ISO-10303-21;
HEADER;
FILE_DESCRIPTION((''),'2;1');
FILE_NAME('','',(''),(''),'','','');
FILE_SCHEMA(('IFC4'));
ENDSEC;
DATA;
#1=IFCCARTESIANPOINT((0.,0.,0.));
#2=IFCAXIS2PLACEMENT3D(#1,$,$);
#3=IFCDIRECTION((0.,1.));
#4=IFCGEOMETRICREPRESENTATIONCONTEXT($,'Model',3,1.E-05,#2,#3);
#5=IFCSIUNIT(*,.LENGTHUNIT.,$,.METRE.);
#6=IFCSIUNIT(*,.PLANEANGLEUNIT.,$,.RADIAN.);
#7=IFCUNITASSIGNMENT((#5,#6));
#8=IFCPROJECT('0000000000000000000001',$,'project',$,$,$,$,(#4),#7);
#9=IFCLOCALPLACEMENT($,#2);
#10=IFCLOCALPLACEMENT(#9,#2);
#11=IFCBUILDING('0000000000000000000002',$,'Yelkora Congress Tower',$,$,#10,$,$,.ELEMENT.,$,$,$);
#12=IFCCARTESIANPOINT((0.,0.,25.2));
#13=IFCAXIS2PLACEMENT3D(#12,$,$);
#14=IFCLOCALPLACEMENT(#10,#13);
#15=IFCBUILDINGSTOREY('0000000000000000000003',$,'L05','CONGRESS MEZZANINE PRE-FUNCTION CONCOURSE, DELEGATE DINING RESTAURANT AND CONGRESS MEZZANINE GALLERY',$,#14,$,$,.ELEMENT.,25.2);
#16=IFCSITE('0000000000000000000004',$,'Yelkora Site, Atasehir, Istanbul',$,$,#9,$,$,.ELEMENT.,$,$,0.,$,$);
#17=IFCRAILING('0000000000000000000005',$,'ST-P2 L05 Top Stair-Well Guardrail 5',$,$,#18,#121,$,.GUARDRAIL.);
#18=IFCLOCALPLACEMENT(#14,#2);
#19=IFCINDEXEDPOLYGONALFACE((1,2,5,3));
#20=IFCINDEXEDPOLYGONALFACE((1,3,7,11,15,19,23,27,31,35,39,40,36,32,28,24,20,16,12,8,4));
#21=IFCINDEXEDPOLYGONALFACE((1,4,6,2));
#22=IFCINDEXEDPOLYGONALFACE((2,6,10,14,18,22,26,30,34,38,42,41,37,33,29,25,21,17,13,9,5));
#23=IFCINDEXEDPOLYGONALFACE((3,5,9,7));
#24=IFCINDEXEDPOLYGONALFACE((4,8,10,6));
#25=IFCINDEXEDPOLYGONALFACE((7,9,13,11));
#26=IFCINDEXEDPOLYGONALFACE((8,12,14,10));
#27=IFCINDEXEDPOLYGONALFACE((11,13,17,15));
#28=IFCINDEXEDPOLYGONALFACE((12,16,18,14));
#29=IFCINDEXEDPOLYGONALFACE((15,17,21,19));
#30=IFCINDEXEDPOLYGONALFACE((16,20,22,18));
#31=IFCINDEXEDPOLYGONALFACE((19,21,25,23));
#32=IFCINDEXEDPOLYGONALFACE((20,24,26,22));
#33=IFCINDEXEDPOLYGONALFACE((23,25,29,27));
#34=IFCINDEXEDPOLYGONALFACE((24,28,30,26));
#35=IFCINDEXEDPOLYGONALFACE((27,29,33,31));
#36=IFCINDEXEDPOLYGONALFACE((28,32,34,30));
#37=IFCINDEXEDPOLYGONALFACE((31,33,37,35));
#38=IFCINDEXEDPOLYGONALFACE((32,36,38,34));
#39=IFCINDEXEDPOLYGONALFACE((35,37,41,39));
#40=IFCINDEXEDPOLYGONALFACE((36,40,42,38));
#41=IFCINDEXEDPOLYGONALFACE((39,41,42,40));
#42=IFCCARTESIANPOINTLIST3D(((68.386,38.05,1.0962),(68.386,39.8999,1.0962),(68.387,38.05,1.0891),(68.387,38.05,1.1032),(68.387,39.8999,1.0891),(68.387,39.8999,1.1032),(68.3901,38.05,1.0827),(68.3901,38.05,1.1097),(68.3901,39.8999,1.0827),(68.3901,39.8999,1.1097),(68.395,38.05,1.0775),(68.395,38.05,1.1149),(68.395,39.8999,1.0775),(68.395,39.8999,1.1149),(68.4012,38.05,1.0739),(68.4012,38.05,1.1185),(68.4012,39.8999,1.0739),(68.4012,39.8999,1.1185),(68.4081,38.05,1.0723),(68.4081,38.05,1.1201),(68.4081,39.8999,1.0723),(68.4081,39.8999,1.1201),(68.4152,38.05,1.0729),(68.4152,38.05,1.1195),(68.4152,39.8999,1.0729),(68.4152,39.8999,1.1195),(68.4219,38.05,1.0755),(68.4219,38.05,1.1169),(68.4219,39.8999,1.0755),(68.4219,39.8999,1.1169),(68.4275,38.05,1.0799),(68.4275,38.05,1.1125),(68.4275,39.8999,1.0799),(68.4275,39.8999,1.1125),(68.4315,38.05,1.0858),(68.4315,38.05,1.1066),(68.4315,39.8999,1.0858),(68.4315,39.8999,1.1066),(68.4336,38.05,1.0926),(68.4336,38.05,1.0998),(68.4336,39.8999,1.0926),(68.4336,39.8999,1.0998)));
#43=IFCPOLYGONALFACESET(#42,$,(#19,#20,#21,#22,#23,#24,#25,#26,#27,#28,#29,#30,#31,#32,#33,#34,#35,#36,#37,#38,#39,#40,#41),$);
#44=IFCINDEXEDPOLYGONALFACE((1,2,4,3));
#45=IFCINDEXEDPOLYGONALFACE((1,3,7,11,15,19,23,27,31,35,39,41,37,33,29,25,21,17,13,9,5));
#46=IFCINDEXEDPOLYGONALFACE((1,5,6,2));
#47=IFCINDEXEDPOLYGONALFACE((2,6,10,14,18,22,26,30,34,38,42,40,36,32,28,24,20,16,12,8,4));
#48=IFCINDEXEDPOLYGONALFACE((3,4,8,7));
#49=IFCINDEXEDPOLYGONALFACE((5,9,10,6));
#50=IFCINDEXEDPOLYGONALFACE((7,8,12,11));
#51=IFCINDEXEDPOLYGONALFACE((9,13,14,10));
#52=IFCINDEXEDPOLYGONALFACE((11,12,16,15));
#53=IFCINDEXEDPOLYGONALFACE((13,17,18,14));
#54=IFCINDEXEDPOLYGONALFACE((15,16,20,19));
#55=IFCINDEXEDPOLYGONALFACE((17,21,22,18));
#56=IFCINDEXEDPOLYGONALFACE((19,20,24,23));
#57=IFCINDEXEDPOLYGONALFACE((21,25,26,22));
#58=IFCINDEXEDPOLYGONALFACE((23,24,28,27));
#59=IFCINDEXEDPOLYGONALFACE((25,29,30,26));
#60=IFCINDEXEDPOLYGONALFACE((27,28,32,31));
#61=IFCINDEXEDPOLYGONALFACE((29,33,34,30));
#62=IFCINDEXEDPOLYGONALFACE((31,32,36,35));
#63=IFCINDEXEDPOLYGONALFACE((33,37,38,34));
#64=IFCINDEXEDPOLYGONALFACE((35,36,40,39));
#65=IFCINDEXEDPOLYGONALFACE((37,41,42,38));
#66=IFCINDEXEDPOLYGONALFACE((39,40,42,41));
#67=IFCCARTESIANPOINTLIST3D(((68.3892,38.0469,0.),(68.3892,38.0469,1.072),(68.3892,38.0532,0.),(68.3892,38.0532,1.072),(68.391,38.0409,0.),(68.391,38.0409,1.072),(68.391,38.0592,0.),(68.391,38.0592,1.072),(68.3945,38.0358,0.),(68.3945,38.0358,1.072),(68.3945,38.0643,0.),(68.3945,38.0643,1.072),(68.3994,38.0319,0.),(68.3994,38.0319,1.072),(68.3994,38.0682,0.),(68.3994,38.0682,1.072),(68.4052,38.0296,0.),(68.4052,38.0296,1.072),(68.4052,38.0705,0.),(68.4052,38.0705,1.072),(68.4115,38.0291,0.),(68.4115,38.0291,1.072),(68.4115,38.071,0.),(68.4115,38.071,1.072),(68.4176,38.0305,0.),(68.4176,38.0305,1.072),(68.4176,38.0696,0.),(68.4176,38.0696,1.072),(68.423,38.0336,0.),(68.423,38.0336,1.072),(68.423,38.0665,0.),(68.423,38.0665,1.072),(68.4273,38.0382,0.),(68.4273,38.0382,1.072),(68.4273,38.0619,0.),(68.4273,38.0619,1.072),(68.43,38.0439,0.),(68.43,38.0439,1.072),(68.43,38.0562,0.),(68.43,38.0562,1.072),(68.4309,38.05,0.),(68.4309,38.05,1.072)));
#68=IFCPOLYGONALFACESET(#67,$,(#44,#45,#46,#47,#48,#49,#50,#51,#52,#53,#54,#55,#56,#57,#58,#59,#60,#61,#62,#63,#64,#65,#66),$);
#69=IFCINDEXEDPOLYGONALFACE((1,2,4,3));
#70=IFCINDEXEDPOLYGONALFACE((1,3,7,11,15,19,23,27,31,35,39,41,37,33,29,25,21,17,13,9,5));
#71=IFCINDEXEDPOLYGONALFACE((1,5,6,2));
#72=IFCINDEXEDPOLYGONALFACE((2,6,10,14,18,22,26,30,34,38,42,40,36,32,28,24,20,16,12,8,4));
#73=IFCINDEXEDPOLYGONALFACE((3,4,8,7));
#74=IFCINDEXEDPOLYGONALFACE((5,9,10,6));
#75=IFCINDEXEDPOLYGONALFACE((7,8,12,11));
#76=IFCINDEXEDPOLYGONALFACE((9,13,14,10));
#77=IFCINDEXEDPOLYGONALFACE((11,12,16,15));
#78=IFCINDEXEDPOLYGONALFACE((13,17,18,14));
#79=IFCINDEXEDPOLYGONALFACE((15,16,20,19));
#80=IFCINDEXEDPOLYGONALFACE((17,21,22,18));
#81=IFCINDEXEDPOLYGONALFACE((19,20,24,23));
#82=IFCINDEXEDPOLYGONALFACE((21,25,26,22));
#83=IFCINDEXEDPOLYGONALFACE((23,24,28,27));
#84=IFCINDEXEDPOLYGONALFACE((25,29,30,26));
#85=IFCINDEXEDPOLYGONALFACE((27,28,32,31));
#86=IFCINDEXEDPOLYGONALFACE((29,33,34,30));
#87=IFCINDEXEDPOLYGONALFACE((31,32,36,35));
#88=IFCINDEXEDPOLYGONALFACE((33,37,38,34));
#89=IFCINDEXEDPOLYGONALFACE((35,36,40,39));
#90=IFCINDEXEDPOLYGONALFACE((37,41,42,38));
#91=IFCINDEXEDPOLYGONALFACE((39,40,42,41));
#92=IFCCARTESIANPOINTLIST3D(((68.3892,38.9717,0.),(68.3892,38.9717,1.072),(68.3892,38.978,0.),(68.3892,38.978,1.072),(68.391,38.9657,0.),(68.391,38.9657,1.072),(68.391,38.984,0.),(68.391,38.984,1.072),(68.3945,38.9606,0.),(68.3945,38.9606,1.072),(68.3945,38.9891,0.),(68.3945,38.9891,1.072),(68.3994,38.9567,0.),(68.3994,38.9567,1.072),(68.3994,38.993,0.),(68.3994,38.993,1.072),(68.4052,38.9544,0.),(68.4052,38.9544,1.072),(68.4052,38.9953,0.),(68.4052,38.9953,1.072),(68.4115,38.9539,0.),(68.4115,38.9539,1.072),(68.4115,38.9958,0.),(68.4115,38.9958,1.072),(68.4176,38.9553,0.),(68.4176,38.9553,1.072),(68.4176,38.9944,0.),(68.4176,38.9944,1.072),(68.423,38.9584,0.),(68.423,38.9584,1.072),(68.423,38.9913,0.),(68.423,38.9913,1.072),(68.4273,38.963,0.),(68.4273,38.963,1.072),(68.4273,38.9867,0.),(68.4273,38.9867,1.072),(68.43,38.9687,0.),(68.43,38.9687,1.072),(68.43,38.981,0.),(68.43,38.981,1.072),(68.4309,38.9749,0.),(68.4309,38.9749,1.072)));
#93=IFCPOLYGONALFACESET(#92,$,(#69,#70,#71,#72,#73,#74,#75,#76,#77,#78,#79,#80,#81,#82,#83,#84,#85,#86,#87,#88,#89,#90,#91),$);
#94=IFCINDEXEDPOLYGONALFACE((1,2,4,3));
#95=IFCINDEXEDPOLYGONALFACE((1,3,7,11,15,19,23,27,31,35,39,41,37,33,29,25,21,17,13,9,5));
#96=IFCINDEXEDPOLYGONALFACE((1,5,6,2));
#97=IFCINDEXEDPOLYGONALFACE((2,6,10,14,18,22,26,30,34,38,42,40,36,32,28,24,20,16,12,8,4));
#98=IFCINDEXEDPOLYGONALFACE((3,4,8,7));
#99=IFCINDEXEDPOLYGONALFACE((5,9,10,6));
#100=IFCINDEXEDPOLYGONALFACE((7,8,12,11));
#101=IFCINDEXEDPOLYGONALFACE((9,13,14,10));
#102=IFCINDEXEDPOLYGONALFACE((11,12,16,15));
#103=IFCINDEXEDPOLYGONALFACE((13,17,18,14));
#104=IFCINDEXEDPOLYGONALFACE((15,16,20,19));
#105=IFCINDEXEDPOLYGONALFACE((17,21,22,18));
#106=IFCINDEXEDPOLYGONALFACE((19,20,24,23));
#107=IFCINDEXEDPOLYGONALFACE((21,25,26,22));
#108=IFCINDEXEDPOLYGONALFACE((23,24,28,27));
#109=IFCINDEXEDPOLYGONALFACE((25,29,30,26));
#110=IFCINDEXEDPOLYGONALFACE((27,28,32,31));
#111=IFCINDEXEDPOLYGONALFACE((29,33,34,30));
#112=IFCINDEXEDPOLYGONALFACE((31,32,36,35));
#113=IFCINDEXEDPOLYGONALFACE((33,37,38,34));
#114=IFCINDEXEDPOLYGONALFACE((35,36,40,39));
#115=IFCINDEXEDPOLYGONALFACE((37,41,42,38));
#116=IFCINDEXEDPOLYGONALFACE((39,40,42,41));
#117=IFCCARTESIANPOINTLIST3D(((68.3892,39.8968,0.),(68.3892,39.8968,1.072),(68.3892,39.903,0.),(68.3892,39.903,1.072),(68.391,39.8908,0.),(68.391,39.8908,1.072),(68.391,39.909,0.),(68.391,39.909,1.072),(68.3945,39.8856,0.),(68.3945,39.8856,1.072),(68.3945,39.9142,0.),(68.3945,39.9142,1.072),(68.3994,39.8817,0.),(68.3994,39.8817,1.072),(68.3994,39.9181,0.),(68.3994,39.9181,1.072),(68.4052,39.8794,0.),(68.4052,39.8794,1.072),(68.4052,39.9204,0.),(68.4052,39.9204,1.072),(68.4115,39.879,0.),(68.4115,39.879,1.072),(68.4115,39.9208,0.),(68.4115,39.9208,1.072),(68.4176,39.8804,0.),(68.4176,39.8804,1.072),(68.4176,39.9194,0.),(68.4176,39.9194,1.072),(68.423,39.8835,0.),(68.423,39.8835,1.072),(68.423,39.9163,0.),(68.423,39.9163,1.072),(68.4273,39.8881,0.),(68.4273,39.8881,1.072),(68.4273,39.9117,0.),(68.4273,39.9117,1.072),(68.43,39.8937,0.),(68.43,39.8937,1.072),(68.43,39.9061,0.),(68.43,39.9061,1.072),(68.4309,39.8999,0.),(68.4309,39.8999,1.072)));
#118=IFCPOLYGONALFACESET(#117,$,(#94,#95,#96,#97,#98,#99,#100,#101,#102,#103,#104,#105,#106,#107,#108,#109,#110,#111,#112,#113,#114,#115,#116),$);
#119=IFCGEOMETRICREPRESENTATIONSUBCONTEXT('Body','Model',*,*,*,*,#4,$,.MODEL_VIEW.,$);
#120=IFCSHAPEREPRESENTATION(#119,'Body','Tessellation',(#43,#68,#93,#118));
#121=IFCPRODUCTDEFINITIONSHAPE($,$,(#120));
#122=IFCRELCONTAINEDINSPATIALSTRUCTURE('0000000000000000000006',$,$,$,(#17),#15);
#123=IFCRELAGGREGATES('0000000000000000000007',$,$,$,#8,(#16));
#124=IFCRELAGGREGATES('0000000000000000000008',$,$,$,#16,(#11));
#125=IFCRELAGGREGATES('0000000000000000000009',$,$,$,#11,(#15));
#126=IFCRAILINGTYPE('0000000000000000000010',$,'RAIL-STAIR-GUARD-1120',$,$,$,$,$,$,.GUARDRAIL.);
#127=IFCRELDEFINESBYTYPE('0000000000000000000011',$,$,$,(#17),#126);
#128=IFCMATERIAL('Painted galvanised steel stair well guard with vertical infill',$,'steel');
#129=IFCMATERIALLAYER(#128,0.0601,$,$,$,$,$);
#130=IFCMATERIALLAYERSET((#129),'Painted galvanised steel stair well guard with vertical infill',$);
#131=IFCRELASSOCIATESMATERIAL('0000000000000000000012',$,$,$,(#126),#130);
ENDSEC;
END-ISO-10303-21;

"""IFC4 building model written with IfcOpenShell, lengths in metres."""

from ifc_helpers import new_model, si_unit, direction, frame, origin, origin_2d, place, context, subcontext, project, spatial, circle, extrude, material, layer, layer_set, type_object, element, save


model = new_model("IFC4")

# Units and contexts
model_context = context("Model", 3, precision=1e-05, world=origin(), true_north=direction((0.0, 1.0)))
body_context = subcontext(model_context, "Body", "Model", "MODEL_VIEW")
ifc_project = project(units=[si_unit("LENGTHUNIT", "METRE"), si_unit("PLANEANGLEUNIT", "RADIAN")], contexts=[model_context])

# Site, building, storey
site_placement = place(None, origin())
site = spatial("IfcSite", under=ifc_project, at=site_placement, Name="Yelkora Site, Atasehir, Istanbul", CompositionType="ELEMENT", RefElevation=0.0)
building_placement = place(site_placement, origin())
building = spatial("IfcBuilding", under=site, at=building_placement, Name="Yelkora Congress Tower", CompositionType="ELEMENT")
storey_placement = place(building_placement, frame((0.0, 0.0, 25.2)))
storey = spatial("IfcBuildingStorey", under=building, at=storey_placement, Name="L05", Description="CONGRESS MEZZANINE PRE-FUNCTION CONCOURSE, DELEGATE DINING RESTAURANT AND CONGRESS MEZZANINE GALLERY", CompositionType="ELEMENT", Elevation=25.2)

# Railing
ifc_material_1 = material(Name="Painted galvanised steel stair well guard with vertical infill", Category="steel")
ifc_layer_1 = layer(ifc_material_1, 0.0601)
ifc_layer_set_1 = layer_set([ifc_layer_1], Name="Painted galvanised steel stair well guard with vertical infill")
railing_type_1 = type_object("IfcRailingType", Name="RAIL-STAIR-GUARD-1120", PredefinedType="GUARDRAIL", material=ifc_layer_set_1)
for number, where, name in (
    (1, (68.4099, 38.05, 0.0), "ST-P2 L05 Top Stair-Well Guardrail 5"),
):
    element("IfcRailing", number, at=place(storey_placement, frame(where)), inside=storey, type_object=railing_type_1, Name=name, PredefinedType="GUARDRAIL", context=body_context, shape_type="SweptSolid", body=[
        extrude(circle(Radius=0.0239, at=origin_2d()), frame((0.0, 0.0, 1.0962), z_axis=(0.0, 1.0, 0.0), x_axis=(-1.0, 0.0, 0.0)), (0.0, 0.0, 1.0), 1.8499),
        extrude(circle(Radius=0.021, at=origin_2d()), origin(), (0.0, 0.0, 1.0), 1.072),
        extrude(circle(Radius=0.021, at=origin_2d()), frame((0.0, 0.9248, 0.0)), (0.0, 0.0, 1.0), 1.072),
        extrude(circle(Radius=0.021, at=origin_2d()), frame((0.0, 1.8499, 0.0)), (0.0, 0.0, 1.0), 1.072),
    ])

save(model, "model.ifc")
